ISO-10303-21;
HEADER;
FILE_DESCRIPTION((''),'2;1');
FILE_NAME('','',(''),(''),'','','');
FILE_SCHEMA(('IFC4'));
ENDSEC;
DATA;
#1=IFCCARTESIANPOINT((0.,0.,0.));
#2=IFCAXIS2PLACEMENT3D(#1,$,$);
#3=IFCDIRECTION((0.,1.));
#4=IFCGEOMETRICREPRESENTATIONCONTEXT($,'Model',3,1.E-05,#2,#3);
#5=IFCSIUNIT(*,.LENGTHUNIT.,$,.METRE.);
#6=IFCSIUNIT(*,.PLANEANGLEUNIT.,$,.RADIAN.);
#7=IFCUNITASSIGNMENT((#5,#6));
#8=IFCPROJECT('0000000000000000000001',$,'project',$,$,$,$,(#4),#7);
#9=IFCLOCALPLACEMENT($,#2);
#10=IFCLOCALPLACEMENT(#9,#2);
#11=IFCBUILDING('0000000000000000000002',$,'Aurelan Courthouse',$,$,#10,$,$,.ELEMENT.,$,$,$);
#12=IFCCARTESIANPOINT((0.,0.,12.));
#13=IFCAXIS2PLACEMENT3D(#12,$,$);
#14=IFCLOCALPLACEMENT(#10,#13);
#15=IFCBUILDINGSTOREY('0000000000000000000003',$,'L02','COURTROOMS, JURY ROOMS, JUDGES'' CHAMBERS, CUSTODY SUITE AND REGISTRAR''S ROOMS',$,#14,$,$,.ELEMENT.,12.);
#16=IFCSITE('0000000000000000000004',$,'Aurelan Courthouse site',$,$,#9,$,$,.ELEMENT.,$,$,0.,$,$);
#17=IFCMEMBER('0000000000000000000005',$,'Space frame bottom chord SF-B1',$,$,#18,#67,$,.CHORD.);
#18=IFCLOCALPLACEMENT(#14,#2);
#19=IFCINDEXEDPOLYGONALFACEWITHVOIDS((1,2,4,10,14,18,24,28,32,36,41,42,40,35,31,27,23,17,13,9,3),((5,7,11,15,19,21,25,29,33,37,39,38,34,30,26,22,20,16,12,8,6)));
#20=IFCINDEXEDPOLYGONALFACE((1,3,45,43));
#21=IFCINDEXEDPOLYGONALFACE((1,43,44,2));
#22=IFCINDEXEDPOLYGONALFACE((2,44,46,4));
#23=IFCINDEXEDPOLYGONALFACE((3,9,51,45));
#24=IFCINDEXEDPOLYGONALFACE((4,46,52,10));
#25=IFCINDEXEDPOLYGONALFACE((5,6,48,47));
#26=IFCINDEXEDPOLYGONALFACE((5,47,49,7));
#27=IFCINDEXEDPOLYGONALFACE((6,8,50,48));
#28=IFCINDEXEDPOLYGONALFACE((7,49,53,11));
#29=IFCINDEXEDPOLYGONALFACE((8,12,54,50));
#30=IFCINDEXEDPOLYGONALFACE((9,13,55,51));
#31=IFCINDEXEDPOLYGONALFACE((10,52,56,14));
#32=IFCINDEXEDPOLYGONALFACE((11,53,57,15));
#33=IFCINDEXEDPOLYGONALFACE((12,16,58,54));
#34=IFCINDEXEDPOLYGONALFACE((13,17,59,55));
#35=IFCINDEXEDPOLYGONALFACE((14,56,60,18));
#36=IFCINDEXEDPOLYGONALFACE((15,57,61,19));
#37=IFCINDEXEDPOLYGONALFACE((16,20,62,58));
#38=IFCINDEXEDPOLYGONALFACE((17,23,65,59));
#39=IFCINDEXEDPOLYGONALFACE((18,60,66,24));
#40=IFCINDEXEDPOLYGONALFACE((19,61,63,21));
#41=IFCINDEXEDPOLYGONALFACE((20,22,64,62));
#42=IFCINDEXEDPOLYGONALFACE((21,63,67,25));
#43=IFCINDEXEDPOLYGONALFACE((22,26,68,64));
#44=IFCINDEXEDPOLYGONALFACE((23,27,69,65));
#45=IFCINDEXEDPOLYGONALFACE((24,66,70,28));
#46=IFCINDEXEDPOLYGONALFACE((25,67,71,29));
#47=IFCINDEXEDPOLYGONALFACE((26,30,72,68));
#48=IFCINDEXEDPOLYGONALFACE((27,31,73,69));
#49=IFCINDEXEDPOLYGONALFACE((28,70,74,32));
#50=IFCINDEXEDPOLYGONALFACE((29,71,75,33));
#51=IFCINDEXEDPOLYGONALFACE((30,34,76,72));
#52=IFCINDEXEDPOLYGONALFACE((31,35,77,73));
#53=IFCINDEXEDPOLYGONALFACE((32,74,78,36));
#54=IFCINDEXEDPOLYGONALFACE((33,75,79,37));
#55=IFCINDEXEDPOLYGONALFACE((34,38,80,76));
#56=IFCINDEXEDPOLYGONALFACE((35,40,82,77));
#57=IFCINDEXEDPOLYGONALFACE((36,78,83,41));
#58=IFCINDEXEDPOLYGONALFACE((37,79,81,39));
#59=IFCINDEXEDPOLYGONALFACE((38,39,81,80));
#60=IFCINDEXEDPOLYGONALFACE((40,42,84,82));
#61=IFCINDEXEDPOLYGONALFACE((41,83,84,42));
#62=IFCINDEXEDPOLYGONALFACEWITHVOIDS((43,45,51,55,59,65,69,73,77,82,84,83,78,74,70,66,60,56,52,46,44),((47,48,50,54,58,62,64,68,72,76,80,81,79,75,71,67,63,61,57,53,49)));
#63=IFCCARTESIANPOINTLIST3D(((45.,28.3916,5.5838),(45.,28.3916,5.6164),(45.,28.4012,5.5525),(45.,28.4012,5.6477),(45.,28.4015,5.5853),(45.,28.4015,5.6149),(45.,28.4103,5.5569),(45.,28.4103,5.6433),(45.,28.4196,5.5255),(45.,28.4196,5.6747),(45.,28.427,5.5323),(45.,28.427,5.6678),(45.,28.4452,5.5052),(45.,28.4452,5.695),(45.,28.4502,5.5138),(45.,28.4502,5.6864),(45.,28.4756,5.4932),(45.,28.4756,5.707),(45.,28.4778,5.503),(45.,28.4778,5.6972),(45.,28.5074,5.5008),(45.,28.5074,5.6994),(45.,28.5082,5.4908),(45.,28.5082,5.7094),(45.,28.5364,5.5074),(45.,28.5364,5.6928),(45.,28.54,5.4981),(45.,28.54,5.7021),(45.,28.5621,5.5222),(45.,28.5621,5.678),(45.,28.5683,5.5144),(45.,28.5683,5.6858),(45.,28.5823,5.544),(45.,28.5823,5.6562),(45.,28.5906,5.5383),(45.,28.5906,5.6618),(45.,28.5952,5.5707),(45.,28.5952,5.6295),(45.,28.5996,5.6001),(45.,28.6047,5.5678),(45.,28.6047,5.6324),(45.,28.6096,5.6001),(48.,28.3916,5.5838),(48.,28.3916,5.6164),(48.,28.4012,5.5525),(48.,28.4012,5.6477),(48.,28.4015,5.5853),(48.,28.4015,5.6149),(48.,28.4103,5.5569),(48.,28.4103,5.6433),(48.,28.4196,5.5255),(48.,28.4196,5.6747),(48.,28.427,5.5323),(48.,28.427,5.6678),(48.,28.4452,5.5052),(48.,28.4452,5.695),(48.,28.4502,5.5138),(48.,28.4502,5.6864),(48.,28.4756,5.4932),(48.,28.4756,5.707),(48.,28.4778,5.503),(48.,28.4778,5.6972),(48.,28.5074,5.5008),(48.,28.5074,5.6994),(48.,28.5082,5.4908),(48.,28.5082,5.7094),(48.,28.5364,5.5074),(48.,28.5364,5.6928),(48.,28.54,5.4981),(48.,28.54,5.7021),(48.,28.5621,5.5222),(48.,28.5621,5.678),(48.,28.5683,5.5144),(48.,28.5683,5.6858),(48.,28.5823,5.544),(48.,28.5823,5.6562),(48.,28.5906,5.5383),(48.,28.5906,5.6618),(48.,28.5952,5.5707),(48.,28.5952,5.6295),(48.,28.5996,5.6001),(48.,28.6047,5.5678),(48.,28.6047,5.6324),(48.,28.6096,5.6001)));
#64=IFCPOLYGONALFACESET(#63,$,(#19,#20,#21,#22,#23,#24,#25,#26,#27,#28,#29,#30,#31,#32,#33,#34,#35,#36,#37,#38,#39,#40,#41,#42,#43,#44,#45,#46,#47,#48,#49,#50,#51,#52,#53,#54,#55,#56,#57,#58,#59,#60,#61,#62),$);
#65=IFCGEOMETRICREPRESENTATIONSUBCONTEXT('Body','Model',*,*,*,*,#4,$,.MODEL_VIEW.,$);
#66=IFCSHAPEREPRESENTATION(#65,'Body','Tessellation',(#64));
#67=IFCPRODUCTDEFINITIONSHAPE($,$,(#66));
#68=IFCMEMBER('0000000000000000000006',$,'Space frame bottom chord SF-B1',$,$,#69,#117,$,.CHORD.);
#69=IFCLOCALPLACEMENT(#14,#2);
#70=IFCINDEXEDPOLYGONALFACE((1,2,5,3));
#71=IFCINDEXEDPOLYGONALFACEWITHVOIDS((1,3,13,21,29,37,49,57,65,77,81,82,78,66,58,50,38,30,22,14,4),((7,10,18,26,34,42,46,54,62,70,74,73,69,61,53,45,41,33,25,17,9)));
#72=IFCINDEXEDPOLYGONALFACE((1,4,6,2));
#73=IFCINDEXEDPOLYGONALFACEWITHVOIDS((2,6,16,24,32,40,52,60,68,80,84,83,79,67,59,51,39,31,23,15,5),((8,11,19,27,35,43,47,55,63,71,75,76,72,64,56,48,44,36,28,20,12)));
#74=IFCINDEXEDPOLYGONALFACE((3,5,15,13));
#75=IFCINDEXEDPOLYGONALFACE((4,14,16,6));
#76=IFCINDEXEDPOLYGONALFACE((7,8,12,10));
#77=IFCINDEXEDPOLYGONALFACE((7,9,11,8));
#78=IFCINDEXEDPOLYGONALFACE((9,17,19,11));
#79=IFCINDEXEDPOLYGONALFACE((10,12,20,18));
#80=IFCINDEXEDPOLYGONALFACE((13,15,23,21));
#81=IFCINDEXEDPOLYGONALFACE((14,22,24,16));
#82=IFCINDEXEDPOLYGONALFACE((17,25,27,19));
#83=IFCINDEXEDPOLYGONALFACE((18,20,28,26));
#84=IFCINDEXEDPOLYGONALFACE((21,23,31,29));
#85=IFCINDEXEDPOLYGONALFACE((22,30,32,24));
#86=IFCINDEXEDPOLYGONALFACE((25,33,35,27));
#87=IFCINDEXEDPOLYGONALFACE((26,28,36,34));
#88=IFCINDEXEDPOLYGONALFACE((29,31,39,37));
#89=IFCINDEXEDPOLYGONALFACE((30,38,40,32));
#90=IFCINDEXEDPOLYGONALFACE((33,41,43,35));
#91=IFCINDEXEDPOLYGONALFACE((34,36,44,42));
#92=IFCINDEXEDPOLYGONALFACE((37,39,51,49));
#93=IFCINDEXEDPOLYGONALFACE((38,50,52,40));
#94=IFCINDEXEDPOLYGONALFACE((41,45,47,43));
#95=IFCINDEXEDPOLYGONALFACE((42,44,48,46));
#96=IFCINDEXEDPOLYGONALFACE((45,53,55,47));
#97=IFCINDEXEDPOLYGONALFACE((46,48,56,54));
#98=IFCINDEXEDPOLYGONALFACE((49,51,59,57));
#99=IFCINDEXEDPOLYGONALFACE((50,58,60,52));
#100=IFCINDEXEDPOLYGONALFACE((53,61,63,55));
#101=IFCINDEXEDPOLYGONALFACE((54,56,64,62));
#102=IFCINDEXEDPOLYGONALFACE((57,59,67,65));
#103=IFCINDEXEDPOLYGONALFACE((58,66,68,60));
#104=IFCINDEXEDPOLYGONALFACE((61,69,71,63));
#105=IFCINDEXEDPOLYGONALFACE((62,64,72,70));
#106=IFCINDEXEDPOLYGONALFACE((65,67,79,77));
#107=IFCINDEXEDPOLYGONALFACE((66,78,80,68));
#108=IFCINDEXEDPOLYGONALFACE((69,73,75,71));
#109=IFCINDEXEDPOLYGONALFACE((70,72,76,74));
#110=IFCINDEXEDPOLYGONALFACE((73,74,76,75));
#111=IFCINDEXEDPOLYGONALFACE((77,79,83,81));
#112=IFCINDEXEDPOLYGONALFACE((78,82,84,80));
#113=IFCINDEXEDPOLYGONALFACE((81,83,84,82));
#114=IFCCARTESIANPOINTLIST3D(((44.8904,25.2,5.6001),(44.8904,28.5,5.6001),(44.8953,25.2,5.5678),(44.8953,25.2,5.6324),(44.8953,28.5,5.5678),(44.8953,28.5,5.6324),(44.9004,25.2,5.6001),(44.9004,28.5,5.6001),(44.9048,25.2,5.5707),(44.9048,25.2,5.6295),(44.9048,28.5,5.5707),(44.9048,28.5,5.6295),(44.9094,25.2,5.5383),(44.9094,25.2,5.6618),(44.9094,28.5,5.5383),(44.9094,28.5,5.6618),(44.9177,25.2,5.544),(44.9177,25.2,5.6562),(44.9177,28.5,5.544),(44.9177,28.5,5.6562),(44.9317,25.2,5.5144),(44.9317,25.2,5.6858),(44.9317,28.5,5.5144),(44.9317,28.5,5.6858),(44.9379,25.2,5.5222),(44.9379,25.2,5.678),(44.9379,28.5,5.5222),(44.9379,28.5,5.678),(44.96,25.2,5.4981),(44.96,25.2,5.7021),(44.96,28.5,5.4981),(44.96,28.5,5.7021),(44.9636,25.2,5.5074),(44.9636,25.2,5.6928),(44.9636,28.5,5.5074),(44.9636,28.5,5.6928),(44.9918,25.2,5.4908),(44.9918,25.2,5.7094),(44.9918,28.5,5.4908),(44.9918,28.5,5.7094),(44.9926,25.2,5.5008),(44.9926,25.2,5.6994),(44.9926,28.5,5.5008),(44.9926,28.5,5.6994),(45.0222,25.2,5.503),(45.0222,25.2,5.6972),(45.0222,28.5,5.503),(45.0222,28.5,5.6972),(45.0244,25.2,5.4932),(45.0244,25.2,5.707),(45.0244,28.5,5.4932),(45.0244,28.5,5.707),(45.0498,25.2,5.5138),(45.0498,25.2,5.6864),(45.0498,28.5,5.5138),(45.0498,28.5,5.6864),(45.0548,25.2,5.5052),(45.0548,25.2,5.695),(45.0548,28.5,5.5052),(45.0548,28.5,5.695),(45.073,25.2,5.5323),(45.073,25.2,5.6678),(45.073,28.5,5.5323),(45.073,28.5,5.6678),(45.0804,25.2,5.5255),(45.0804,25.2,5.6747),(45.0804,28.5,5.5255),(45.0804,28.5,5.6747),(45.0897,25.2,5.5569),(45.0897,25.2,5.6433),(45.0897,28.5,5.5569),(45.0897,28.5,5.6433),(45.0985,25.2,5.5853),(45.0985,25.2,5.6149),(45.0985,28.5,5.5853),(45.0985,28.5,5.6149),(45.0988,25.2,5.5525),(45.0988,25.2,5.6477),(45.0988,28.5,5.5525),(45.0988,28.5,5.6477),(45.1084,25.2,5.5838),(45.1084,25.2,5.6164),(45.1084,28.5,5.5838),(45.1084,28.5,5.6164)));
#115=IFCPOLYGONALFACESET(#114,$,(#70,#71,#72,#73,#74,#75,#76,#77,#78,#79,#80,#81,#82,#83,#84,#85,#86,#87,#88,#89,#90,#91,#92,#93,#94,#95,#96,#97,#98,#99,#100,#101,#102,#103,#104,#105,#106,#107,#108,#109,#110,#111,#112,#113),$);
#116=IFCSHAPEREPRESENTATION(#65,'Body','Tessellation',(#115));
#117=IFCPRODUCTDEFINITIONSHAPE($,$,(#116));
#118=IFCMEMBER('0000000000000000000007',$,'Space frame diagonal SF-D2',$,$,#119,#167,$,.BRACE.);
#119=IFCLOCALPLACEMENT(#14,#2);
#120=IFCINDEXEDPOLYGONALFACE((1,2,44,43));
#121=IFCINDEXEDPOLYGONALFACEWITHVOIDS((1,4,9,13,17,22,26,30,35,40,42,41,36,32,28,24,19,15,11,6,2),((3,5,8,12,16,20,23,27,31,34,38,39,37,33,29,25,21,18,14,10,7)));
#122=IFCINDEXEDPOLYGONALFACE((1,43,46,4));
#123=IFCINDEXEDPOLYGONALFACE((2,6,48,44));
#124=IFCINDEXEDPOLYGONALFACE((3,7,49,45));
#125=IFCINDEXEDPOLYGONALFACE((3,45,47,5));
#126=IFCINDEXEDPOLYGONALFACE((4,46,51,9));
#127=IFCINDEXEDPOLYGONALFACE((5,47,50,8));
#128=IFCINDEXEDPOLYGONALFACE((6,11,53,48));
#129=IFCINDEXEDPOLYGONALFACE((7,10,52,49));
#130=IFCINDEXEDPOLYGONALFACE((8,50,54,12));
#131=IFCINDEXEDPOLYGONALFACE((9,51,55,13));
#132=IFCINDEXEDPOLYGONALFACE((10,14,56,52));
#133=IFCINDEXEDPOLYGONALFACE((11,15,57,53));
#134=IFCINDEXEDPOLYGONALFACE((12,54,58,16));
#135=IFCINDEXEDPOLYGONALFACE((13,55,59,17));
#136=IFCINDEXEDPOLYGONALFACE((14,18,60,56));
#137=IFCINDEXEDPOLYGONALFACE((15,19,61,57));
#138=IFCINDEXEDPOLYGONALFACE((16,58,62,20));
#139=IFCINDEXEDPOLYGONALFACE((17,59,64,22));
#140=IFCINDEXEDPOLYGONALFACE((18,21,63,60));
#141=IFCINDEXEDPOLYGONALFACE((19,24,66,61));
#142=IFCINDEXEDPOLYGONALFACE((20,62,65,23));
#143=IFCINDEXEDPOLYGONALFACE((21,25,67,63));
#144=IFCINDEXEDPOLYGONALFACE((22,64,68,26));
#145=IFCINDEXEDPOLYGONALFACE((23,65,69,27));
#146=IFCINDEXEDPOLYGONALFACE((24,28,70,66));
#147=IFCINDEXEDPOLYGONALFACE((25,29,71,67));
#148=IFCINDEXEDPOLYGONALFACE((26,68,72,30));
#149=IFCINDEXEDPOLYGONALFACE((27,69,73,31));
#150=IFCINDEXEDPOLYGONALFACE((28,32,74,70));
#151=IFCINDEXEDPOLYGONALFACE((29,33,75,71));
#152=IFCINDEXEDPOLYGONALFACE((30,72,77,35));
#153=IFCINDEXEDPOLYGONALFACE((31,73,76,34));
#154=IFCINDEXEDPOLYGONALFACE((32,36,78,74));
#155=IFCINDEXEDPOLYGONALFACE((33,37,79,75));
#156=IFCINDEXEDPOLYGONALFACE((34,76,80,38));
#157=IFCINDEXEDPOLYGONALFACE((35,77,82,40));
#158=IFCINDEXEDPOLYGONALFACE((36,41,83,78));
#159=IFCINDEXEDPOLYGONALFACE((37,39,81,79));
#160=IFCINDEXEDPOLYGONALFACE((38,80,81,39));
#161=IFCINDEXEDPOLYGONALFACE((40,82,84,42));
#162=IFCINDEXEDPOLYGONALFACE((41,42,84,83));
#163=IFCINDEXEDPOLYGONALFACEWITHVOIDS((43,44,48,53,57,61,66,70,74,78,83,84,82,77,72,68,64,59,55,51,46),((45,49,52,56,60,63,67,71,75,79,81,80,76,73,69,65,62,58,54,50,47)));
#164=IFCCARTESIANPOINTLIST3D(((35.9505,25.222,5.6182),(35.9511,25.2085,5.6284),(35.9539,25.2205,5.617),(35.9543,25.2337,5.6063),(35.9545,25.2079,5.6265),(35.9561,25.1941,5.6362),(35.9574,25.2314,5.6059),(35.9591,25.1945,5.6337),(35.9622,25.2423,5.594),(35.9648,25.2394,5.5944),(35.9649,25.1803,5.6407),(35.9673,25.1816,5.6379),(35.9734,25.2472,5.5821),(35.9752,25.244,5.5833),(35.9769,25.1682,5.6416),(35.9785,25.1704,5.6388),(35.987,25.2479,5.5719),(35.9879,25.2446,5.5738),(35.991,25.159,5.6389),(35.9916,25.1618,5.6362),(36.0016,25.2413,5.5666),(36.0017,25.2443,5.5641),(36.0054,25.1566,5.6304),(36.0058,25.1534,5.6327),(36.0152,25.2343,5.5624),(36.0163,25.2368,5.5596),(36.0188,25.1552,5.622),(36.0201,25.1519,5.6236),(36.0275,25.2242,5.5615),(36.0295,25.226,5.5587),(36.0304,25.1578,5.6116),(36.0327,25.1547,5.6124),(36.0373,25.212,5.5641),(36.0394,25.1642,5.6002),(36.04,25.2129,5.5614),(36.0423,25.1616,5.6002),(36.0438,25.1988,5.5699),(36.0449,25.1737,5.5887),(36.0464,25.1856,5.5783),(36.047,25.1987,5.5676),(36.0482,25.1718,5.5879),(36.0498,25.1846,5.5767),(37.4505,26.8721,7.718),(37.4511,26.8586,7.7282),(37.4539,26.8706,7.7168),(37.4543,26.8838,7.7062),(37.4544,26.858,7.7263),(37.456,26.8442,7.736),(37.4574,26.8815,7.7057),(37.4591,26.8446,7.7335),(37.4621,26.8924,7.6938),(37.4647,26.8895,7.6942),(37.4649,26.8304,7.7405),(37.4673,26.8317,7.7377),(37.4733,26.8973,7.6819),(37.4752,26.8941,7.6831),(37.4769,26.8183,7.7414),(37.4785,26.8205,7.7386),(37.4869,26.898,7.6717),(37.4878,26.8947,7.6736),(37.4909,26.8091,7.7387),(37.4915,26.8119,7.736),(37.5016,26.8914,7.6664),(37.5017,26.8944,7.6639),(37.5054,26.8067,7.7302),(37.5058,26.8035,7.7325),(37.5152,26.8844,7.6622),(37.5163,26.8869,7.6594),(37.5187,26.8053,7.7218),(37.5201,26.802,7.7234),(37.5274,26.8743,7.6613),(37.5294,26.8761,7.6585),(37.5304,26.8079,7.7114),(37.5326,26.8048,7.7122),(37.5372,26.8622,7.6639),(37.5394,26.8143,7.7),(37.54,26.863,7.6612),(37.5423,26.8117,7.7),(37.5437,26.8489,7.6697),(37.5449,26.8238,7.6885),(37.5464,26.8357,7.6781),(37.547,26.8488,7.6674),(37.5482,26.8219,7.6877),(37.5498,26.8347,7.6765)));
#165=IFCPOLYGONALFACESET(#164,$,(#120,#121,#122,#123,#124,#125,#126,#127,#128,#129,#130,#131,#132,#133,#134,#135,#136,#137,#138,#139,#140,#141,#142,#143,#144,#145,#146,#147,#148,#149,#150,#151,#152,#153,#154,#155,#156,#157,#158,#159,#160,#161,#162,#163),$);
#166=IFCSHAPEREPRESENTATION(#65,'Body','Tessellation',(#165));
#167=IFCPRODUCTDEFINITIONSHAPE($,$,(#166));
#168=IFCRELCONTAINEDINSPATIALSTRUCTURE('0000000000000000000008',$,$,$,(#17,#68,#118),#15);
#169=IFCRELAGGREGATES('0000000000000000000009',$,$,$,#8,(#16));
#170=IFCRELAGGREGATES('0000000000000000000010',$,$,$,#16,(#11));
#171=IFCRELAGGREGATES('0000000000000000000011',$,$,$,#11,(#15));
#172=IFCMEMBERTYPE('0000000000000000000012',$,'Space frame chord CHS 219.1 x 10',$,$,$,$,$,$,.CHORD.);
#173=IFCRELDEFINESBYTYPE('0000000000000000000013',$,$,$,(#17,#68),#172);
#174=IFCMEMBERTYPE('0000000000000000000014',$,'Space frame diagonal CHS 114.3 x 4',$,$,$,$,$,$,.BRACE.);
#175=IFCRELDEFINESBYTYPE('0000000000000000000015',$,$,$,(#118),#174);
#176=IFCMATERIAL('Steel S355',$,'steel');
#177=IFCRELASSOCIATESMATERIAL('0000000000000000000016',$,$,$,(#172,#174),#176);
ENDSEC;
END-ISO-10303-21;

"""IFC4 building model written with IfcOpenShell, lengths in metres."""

from ifc_helpers import new_model, si_unit, direction, frame, origin, origin_2d, place, context, subcontext, project, spatial, hollow_circle, extrude, material, material_profile, profile_set, type_object, element, save


model = new_model("IFC4")

# Units and contexts
model_context = context("Model", 3, precision=1e-05, world=origin(), true_north=direction((0.0, 1.0)))
body_context = subcontext(model_context, "Body", "Model", "MODEL_VIEW")
ifc_project = project(units=[si_unit("LENGTHUNIT", "METRE"), si_unit("PLANEANGLEUNIT", "RADIAN")], contexts=[model_context])

# Site, building, storey
site_placement = place(None, origin())
site = spatial("IfcSite", under=ifc_project, at=site_placement, Name="Aurelan Courthouse site", CompositionType="ELEMENT", RefElevation=0.0)
building_placement = place(site_placement, origin())
building = spatial("IfcBuilding", under=site, at=building_placement, Name="Aurelan Courthouse", CompositionType="ELEMENT")
storey_placement = place(building_placement, frame((0.0, 0.0, 12.0)))
storey = spatial("IfcBuildingStorey", under=building, at=storey_placement, Name="L02", Description="COURTROOMS, JURY ROOMS, JUDGES' CHAMBERS, CUSTODY SUITE AND REGISTRAR'S ROOMS", CompositionType="ELEMENT", Elevation=12.0)

# Members
ifc_material_1 = material(Name="Steel S355", Category="steel")
ifc_material_profile_1 = material_profile(ifc_material_1, hollow_circle(Radius=0.1096, WallThickness=0.01, at=origin_2d()), Name="CHS 219.1 x 10")
ifc_profile_set_1 = profile_set([ifc_material_profile_1], Name="Steel S355")
member_type_1 = type_object("IfcMemberType", Name="Space frame chord CHS 219.1 x 10", PredefinedType="CHORD", material=ifc_profile_set_1)
for number, where, z_axis, x_axis, name in (
    (1, (45.0, 28.5, 5.6001), (1.0, 0.0, 0.0), (0.0, 1.0, 0.0), "Space frame bottom chord SF-B1"),
):
    element("IfcMember", number, at=place(storey_placement, frame(where, z_axis=z_axis, x_axis=x_axis)), inside=storey, type_object=member_type_1, Name=name, PredefinedType="CHORD", context=body_context, shape_type="SweptSolid", body=[
        extrude(hollow_circle(Radius=0.1096, WallThickness=0.01, at=origin_2d()), origin(), (0.0, 0.0, 1.0), 3.0),
    ])
member_placement = place(storey_placement, frame((45.0, 25.2, 5.6001), z_axis=(0.0, 1.0, 0.0), x_axis=(-1.0, 0.0, 0.0)))
element("IfcMember", 2, at=member_placement, inside=storey, type_object=member_type_1, Name="Space frame bottom chord SF-B1", PredefinedType="CHORD", context=body_context, shape_type="SweptSolid", body=[
    extrude(hollow_circle(Radius=0.1096, WallThickness=0.01, at=origin_2d()), origin(), (0.0, 0.0, 1.0), 3.3),
])
ifc_material_profile_2 = material_profile(ifc_material_1, hollow_circle(Radius=0.0571, WallThickness=0.0039, at=origin_2d()), Name="CHS 114.3 x 4")
ifc_profile_set_2 = profile_set([ifc_material_profile_2], Name="Steel S355")
member_type_2 = type_object("IfcMemberType", Name="Space frame diagonal CHS 114.3 x 4", PredefinedType="BRACE", material=ifc_profile_set_2)
for number, where, z_axis, x_axis, name in (
    (3, (37.5, 26.8501, 7.7), (-0.489706, -0.538724, -0.68554), (0.73997, -0.67264, 0.0), "Space frame diagonal SF-D2"),
):
    element("IfcMember", number, at=place(storey_placement, frame(where, z_axis=z_axis, x_axis=x_axis)), inside=storey, type_object=member_type_2, Name=name, PredefinedType="BRACE", context=body_context, shape_type="SweptSolid", body=[
        extrude(hollow_circle(Radius=0.0571, WallThickness=0.0039, at=origin_2d()), origin(), (0.0, 0.0, 1.0), 3.063),
    ])

save(model, "model.ifc")
